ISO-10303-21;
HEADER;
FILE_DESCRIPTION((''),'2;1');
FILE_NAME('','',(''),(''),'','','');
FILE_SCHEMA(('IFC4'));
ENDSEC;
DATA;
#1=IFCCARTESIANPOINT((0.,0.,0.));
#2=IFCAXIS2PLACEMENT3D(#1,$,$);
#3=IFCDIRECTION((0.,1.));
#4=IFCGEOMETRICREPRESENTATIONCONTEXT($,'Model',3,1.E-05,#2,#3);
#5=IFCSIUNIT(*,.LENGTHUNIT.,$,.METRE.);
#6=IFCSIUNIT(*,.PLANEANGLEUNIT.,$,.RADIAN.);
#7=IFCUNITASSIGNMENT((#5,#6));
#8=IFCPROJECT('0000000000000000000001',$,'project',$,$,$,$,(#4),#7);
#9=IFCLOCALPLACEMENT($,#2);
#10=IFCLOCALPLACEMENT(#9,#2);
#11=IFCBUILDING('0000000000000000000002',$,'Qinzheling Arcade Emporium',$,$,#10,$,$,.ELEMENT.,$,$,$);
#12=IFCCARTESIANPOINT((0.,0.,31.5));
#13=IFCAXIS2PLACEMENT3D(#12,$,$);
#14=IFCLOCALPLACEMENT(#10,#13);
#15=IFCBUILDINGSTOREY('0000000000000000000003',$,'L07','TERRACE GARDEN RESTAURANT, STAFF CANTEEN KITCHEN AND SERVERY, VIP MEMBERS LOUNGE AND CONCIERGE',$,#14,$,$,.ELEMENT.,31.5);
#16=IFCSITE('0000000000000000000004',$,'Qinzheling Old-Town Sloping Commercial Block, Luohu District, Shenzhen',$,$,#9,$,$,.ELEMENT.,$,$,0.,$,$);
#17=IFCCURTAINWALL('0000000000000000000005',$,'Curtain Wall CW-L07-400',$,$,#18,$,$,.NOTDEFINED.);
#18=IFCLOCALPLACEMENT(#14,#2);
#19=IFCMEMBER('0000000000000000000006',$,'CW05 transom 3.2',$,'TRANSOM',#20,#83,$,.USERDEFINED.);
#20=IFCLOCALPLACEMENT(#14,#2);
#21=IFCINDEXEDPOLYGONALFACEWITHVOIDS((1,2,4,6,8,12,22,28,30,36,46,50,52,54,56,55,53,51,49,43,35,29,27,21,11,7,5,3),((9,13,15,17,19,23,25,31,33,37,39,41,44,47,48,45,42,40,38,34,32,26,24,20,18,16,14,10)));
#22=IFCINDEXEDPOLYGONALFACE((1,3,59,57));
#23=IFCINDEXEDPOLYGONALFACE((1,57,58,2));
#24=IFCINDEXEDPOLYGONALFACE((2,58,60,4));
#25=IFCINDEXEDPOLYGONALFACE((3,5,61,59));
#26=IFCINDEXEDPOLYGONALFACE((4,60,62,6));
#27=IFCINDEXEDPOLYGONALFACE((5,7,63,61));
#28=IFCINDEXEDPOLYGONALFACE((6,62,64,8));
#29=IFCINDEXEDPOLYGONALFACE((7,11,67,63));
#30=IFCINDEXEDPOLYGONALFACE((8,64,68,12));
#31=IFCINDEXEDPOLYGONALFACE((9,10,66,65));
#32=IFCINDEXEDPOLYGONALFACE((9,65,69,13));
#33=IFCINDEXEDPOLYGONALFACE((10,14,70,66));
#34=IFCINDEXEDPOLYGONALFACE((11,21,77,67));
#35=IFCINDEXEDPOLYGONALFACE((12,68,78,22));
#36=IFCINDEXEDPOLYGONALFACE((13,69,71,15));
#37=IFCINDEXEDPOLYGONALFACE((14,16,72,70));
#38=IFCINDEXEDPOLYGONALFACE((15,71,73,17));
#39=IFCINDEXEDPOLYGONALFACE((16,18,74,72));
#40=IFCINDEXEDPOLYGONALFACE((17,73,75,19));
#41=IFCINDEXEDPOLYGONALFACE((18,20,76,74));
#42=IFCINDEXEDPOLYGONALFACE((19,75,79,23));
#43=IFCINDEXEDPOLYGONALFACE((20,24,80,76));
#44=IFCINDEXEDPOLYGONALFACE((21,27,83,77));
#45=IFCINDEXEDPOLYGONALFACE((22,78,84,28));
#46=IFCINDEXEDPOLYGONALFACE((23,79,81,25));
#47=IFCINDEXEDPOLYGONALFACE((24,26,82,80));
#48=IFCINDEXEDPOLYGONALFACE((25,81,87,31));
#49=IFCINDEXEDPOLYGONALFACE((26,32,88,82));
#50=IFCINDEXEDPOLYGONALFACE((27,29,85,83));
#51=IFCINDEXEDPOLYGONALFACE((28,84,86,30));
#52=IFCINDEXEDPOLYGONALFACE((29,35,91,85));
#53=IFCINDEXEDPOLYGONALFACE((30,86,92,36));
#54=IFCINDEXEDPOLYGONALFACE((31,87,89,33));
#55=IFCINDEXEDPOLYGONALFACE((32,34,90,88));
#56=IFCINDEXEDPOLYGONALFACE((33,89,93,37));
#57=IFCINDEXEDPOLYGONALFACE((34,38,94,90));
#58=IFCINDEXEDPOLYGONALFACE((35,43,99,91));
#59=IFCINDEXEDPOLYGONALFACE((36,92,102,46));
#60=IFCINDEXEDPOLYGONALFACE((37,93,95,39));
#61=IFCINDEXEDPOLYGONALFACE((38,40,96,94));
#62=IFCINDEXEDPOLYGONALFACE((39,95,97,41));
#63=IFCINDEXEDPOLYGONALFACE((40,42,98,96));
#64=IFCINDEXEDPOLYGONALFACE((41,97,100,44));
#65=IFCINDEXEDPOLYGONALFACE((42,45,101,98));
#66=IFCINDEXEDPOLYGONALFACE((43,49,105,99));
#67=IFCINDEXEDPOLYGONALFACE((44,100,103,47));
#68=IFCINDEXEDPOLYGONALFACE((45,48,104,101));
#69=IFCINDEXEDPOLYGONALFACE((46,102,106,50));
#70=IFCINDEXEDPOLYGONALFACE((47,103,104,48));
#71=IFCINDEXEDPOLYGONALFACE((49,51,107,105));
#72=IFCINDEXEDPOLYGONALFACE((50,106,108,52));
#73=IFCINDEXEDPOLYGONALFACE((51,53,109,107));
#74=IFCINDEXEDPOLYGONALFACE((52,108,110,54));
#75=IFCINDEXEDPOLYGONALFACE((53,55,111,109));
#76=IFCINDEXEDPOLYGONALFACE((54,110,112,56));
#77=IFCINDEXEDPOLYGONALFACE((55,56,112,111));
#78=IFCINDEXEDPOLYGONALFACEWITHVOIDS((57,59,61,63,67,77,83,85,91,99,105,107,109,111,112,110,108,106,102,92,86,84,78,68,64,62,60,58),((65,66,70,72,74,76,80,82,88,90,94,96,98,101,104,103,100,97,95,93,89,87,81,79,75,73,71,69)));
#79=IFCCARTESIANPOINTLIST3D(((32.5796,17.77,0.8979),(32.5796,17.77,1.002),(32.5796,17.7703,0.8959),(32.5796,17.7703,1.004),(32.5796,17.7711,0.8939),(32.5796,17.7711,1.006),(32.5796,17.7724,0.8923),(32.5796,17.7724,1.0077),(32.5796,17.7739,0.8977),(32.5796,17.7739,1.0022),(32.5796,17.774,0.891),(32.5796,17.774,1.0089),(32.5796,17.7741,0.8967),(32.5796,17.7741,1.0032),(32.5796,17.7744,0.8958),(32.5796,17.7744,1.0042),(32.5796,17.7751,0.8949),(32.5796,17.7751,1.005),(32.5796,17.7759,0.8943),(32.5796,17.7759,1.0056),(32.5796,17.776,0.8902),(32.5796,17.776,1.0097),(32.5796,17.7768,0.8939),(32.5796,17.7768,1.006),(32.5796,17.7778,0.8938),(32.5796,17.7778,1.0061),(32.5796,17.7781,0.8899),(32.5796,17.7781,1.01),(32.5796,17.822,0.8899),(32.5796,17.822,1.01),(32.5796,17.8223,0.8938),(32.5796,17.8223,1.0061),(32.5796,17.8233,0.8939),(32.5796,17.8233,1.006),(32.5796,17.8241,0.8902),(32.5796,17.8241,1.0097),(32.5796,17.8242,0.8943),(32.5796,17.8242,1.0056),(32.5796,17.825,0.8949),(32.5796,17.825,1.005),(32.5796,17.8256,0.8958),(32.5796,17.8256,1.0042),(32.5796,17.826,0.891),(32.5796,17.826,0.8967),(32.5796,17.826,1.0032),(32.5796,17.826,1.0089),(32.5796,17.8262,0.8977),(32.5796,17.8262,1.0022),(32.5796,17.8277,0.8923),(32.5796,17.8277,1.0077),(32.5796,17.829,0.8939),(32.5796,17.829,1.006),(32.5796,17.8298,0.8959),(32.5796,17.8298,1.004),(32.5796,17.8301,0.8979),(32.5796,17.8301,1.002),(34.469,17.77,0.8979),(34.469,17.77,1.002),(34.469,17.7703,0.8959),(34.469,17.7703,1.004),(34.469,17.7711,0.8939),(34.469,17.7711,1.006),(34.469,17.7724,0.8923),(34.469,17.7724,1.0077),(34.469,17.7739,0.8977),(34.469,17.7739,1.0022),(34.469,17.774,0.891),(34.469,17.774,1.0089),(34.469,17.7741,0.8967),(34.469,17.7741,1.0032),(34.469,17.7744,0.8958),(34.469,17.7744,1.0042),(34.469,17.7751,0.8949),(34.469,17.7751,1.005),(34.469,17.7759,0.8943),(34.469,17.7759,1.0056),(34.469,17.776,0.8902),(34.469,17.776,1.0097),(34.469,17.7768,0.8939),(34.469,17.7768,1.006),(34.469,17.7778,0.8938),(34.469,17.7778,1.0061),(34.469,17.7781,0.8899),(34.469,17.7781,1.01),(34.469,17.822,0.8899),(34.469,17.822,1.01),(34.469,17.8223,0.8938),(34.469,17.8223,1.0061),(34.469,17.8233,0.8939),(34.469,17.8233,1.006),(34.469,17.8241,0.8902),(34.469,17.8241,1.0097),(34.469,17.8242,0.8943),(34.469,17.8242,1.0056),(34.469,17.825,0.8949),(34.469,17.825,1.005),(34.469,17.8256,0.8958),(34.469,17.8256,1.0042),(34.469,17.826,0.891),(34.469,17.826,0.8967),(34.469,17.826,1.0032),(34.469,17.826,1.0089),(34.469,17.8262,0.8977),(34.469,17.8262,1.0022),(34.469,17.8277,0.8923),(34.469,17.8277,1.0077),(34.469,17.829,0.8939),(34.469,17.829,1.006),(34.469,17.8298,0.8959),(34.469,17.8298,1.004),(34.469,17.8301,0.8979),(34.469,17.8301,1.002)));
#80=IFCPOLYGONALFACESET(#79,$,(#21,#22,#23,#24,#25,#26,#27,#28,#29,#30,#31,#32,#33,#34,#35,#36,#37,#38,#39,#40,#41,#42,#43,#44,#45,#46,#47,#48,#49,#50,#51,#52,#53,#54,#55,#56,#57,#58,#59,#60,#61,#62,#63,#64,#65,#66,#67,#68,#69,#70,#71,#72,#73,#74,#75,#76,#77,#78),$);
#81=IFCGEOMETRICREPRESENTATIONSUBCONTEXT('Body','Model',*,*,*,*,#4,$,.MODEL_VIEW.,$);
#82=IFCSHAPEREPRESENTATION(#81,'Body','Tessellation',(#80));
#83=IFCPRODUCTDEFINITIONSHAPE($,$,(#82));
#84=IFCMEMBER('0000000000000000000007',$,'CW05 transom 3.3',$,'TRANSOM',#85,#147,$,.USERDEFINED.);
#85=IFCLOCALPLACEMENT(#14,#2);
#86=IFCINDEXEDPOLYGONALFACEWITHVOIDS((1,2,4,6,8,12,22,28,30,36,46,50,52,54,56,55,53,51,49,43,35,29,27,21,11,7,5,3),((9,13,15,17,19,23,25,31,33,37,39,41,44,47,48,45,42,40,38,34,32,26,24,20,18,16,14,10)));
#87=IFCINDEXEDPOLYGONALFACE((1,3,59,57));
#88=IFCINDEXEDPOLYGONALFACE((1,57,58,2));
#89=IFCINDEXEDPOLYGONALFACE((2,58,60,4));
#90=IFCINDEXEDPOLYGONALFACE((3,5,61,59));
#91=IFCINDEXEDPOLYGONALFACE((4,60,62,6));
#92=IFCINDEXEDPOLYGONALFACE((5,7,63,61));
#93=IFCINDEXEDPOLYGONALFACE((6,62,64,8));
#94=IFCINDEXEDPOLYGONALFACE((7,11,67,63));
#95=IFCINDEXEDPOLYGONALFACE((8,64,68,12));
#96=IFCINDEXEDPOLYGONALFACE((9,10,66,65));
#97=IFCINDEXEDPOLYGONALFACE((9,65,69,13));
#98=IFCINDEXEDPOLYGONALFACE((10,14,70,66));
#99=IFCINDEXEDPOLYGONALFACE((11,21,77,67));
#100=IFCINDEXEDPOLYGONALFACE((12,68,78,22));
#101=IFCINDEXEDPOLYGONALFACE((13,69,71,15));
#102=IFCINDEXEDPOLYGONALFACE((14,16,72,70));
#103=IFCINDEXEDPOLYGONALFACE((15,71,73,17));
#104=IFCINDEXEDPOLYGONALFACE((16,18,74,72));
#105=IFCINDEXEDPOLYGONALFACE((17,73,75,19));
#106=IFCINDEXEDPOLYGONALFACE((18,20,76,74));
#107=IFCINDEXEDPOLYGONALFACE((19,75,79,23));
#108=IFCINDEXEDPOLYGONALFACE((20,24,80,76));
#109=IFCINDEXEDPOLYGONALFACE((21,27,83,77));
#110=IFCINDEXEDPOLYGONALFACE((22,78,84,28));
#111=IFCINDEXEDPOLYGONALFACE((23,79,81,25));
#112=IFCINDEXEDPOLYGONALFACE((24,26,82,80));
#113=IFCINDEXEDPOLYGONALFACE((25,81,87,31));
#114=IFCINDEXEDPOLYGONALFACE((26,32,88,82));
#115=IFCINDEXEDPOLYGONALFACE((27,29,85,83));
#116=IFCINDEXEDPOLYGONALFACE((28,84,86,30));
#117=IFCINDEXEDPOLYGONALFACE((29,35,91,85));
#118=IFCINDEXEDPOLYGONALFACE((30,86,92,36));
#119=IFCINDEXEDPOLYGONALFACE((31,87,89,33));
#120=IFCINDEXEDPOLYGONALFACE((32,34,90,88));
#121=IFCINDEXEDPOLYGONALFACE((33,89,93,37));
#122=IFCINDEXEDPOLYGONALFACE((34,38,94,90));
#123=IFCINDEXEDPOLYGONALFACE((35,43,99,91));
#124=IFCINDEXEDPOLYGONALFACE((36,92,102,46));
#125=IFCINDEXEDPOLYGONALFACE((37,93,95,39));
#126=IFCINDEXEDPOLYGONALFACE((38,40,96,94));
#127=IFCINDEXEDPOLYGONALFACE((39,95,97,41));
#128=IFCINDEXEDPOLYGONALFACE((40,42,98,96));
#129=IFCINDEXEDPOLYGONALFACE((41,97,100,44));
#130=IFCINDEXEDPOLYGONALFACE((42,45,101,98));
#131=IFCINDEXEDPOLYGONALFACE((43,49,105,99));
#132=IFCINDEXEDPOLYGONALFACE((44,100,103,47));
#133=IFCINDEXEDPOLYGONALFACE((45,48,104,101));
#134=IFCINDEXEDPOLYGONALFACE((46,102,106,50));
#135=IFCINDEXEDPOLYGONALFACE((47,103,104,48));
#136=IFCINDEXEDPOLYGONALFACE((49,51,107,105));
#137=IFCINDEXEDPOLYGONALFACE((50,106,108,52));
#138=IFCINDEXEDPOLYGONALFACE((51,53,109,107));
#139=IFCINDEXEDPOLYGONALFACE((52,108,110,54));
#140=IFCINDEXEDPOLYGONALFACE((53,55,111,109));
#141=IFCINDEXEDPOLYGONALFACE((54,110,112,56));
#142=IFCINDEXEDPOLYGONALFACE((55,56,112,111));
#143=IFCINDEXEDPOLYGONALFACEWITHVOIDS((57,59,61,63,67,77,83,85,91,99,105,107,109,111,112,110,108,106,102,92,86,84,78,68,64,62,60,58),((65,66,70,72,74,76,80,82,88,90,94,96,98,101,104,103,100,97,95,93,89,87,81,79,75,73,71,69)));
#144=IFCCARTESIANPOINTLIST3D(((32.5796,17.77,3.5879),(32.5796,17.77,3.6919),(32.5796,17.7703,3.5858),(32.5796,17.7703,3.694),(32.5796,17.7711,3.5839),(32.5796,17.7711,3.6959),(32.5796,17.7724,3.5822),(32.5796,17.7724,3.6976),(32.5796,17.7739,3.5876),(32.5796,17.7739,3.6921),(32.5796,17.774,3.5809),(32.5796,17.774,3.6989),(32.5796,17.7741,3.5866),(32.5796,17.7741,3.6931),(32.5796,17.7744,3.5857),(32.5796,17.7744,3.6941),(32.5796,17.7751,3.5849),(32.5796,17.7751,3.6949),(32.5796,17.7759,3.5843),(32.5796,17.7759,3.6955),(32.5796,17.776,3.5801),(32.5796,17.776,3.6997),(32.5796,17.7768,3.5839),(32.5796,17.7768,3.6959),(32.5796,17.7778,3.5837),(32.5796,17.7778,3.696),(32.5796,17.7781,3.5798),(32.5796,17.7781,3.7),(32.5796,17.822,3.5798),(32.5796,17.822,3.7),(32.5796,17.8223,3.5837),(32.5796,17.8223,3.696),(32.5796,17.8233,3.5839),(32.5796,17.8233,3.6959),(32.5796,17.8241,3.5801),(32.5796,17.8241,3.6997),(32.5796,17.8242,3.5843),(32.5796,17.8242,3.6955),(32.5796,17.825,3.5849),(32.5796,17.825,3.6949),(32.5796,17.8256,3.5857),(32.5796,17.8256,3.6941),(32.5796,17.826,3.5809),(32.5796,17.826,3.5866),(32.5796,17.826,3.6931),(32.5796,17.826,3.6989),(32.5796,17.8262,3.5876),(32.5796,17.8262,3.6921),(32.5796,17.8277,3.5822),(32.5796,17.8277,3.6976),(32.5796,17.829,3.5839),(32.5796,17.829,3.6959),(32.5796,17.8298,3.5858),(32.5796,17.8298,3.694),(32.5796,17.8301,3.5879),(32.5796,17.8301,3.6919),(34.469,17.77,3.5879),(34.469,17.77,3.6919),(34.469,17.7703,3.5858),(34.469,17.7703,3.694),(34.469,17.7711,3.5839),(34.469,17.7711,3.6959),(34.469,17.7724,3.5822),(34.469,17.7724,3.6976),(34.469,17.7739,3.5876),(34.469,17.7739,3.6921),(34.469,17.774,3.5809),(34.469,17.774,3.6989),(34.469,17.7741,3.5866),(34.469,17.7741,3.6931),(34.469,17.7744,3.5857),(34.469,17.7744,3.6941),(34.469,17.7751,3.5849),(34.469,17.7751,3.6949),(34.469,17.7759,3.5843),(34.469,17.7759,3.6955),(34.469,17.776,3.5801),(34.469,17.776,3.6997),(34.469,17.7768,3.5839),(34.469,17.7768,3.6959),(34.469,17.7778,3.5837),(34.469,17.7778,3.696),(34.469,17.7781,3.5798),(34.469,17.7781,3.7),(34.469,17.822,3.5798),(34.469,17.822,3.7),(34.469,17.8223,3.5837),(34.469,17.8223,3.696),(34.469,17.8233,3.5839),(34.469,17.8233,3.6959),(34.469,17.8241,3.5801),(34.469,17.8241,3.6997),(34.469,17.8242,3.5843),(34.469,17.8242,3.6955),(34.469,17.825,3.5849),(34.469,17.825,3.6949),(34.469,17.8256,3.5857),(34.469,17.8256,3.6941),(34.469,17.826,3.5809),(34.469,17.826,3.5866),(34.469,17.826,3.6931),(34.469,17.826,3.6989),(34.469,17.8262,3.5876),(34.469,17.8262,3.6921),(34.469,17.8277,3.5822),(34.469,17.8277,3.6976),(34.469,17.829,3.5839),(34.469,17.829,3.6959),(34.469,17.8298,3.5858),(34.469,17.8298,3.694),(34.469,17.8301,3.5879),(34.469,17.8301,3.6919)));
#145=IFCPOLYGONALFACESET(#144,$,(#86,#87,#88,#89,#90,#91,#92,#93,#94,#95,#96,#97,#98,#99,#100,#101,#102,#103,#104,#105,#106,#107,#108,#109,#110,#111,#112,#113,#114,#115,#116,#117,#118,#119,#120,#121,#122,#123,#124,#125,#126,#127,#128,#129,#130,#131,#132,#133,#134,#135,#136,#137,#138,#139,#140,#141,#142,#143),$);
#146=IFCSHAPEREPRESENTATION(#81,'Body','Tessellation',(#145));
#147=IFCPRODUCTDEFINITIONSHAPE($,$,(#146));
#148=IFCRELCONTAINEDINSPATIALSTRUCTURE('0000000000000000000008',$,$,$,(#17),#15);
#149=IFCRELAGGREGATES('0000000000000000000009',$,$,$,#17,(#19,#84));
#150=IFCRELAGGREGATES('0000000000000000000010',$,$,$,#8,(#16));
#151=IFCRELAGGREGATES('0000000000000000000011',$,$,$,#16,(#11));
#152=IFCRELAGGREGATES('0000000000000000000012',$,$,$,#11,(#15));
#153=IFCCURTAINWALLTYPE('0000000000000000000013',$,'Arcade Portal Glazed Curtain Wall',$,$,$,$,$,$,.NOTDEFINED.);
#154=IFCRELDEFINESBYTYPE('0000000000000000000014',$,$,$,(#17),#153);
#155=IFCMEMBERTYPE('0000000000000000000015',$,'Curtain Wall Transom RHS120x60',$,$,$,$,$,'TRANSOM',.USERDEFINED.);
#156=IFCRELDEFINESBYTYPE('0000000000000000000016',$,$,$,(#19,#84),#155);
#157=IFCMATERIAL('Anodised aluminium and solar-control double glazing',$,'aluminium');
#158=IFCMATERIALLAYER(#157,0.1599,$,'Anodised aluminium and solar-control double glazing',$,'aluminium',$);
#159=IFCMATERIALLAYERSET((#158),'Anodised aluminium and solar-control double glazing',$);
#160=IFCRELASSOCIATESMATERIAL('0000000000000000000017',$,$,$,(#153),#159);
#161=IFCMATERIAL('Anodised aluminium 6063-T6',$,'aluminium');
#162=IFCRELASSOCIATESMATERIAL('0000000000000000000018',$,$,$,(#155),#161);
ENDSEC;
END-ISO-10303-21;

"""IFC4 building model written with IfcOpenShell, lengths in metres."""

from ifc_helpers import new_model, si_unit, direction, frame, origin, origin_2d, place, context, subcontext, project, spatial, hollow_rectangle, extrude, material, layer, layer_set, material_profile, profile_set, type_object, element, aggregate, save


model = new_model("IFC4")

# Units and contexts
model_context = context("Model", 3, precision=1e-05, world=origin(), true_north=direction((0.0, 1.0)))
body_context = subcontext(model_context, "Body", "Model", "MODEL_VIEW")
ifc_project = project(units=[si_unit("LENGTHUNIT", "METRE"), si_unit("PLANEANGLEUNIT", "RADIAN")], contexts=[model_context])

# Site, building, storey
site_placement = place(None, origin())
site = spatial("IfcSite", under=ifc_project, at=site_placement, Name="Qinzheling Old-Town Sloping Commercial Block, Luohu District, Shenzhen", CompositionType="ELEMENT", RefElevation=0.0)
building_placement = place(site_placement, origin())
building = spatial("IfcBuilding", under=site, at=building_placement, Name="Qinzheling Arcade Emporium", CompositionType="ELEMENT")
storey_placement = place(building_placement, frame((0.0, 0.0, 31.5)))
storey = spatial("IfcBuildingStorey", under=building, at=storey_placement, Name="L07", Description="TERRACE GARDEN RESTAURANT, STAFF CANTEEN KITCHEN AND SERVERY, VIP MEMBERS LOUNGE AND CONCIERGE", CompositionType="ELEMENT", Elevation=31.5)

# Shared definitions
ifc_material_1 = material(Name="Anodised aluminium and solar-control double glazing", Category="aluminium")
ifc_layer_1 = layer(ifc_material_1, 0.1599, Name="Anodised aluminium and solar-control double glazing", Category="aluminium")
ifc_layer_set_1 = layer_set([ifc_layer_1], Name="Anodised aluminium and solar-control double glazing")
curtain_wall_type = type_object("IfcCurtainWallType", Name="Arcade Portal Glazed Curtain Wall", PredefinedType="NOTDEFINED", material=ifc_layer_set_1)
ifc_material_2 = material(Name="Anodised aluminium 6063-T6", Category="aluminium")

# Curtain wall, members
curtain_wall_1_placement = place(storey_placement, origin())
curtain_wall_1 = element("IfcCurtainWall", 1, at=curtain_wall_1_placement, inside=storey, type_object=curtain_wall_type, Name="Curtain Wall CW-L07-400", PredefinedType="NOTDEFINED")
ifc_material_profile_1 = material_profile(ifc_material_2, hollow_rectangle(XDim=0.0601, YDim=0.1201, WallThickness=0.0039, InnerFilletRadius=0.0039, OuterFilletRadius=0.0081, at=origin_2d()), Name="RHS 120x60x4", Category="aluminium")
ifc_profile_set_1 = profile_set([ifc_material_profile_1], Name="Anodised aluminium 6063-T6")
member_type_1 = type_object("IfcMemberType", Name="Curtain Wall Transom RHS120x60", ElementType="TRANSOM", PredefinedType="USERDEFINED", material=ifc_profile_set_1)
member_1_placement = place(storey_placement, frame((34.469, 17.8, 0.95), z_axis=(-1.0, 0.0, 0.0), x_axis=(0.0, -1.0, 0.0)))
member_1 = element("IfcMember", 2, at=member_1_placement, type_object=member_type_1, Name="CW05 transom 3.2", ObjectType="TRANSOM", PredefinedType="USERDEFINED", context=body_context, shape_type="SweptSolid", body=[
    extrude(hollow_rectangle(XDim=0.0601, YDim=0.1201, WallThickness=0.0039, InnerFilletRadius=0.0039, OuterFilletRadius=0.0081, at=origin_2d()), origin(), (0.0, 0.0, 1.0), 1.8894),
])
member_2_placement = place(storey_placement, frame((34.469, 17.8, 3.6399), z_axis=(-1.0, 0.0, 0.0), x_axis=(0.0, -1.0, 0.0)))
member_2 = element("IfcMember", 3, at=member_2_placement, type_object=member_type_1, Name="CW05 transom 3.3", ObjectType="TRANSOM", PredefinedType="USERDEFINED", context=body_context, shape_type="SweptSolid", body=[
    extrude(hollow_rectangle(XDim=0.0601, YDim=0.1201, WallThickness=0.0039, InnerFilletRadius=0.0039, OuterFilletRadius=0.0081, at=origin_2d()), origin(), (0.0, 0.0, 1.0), 1.8894),
])

aggregate(curtain_wall_1, [member_1, member_2])

save(model, "model.ifc")
